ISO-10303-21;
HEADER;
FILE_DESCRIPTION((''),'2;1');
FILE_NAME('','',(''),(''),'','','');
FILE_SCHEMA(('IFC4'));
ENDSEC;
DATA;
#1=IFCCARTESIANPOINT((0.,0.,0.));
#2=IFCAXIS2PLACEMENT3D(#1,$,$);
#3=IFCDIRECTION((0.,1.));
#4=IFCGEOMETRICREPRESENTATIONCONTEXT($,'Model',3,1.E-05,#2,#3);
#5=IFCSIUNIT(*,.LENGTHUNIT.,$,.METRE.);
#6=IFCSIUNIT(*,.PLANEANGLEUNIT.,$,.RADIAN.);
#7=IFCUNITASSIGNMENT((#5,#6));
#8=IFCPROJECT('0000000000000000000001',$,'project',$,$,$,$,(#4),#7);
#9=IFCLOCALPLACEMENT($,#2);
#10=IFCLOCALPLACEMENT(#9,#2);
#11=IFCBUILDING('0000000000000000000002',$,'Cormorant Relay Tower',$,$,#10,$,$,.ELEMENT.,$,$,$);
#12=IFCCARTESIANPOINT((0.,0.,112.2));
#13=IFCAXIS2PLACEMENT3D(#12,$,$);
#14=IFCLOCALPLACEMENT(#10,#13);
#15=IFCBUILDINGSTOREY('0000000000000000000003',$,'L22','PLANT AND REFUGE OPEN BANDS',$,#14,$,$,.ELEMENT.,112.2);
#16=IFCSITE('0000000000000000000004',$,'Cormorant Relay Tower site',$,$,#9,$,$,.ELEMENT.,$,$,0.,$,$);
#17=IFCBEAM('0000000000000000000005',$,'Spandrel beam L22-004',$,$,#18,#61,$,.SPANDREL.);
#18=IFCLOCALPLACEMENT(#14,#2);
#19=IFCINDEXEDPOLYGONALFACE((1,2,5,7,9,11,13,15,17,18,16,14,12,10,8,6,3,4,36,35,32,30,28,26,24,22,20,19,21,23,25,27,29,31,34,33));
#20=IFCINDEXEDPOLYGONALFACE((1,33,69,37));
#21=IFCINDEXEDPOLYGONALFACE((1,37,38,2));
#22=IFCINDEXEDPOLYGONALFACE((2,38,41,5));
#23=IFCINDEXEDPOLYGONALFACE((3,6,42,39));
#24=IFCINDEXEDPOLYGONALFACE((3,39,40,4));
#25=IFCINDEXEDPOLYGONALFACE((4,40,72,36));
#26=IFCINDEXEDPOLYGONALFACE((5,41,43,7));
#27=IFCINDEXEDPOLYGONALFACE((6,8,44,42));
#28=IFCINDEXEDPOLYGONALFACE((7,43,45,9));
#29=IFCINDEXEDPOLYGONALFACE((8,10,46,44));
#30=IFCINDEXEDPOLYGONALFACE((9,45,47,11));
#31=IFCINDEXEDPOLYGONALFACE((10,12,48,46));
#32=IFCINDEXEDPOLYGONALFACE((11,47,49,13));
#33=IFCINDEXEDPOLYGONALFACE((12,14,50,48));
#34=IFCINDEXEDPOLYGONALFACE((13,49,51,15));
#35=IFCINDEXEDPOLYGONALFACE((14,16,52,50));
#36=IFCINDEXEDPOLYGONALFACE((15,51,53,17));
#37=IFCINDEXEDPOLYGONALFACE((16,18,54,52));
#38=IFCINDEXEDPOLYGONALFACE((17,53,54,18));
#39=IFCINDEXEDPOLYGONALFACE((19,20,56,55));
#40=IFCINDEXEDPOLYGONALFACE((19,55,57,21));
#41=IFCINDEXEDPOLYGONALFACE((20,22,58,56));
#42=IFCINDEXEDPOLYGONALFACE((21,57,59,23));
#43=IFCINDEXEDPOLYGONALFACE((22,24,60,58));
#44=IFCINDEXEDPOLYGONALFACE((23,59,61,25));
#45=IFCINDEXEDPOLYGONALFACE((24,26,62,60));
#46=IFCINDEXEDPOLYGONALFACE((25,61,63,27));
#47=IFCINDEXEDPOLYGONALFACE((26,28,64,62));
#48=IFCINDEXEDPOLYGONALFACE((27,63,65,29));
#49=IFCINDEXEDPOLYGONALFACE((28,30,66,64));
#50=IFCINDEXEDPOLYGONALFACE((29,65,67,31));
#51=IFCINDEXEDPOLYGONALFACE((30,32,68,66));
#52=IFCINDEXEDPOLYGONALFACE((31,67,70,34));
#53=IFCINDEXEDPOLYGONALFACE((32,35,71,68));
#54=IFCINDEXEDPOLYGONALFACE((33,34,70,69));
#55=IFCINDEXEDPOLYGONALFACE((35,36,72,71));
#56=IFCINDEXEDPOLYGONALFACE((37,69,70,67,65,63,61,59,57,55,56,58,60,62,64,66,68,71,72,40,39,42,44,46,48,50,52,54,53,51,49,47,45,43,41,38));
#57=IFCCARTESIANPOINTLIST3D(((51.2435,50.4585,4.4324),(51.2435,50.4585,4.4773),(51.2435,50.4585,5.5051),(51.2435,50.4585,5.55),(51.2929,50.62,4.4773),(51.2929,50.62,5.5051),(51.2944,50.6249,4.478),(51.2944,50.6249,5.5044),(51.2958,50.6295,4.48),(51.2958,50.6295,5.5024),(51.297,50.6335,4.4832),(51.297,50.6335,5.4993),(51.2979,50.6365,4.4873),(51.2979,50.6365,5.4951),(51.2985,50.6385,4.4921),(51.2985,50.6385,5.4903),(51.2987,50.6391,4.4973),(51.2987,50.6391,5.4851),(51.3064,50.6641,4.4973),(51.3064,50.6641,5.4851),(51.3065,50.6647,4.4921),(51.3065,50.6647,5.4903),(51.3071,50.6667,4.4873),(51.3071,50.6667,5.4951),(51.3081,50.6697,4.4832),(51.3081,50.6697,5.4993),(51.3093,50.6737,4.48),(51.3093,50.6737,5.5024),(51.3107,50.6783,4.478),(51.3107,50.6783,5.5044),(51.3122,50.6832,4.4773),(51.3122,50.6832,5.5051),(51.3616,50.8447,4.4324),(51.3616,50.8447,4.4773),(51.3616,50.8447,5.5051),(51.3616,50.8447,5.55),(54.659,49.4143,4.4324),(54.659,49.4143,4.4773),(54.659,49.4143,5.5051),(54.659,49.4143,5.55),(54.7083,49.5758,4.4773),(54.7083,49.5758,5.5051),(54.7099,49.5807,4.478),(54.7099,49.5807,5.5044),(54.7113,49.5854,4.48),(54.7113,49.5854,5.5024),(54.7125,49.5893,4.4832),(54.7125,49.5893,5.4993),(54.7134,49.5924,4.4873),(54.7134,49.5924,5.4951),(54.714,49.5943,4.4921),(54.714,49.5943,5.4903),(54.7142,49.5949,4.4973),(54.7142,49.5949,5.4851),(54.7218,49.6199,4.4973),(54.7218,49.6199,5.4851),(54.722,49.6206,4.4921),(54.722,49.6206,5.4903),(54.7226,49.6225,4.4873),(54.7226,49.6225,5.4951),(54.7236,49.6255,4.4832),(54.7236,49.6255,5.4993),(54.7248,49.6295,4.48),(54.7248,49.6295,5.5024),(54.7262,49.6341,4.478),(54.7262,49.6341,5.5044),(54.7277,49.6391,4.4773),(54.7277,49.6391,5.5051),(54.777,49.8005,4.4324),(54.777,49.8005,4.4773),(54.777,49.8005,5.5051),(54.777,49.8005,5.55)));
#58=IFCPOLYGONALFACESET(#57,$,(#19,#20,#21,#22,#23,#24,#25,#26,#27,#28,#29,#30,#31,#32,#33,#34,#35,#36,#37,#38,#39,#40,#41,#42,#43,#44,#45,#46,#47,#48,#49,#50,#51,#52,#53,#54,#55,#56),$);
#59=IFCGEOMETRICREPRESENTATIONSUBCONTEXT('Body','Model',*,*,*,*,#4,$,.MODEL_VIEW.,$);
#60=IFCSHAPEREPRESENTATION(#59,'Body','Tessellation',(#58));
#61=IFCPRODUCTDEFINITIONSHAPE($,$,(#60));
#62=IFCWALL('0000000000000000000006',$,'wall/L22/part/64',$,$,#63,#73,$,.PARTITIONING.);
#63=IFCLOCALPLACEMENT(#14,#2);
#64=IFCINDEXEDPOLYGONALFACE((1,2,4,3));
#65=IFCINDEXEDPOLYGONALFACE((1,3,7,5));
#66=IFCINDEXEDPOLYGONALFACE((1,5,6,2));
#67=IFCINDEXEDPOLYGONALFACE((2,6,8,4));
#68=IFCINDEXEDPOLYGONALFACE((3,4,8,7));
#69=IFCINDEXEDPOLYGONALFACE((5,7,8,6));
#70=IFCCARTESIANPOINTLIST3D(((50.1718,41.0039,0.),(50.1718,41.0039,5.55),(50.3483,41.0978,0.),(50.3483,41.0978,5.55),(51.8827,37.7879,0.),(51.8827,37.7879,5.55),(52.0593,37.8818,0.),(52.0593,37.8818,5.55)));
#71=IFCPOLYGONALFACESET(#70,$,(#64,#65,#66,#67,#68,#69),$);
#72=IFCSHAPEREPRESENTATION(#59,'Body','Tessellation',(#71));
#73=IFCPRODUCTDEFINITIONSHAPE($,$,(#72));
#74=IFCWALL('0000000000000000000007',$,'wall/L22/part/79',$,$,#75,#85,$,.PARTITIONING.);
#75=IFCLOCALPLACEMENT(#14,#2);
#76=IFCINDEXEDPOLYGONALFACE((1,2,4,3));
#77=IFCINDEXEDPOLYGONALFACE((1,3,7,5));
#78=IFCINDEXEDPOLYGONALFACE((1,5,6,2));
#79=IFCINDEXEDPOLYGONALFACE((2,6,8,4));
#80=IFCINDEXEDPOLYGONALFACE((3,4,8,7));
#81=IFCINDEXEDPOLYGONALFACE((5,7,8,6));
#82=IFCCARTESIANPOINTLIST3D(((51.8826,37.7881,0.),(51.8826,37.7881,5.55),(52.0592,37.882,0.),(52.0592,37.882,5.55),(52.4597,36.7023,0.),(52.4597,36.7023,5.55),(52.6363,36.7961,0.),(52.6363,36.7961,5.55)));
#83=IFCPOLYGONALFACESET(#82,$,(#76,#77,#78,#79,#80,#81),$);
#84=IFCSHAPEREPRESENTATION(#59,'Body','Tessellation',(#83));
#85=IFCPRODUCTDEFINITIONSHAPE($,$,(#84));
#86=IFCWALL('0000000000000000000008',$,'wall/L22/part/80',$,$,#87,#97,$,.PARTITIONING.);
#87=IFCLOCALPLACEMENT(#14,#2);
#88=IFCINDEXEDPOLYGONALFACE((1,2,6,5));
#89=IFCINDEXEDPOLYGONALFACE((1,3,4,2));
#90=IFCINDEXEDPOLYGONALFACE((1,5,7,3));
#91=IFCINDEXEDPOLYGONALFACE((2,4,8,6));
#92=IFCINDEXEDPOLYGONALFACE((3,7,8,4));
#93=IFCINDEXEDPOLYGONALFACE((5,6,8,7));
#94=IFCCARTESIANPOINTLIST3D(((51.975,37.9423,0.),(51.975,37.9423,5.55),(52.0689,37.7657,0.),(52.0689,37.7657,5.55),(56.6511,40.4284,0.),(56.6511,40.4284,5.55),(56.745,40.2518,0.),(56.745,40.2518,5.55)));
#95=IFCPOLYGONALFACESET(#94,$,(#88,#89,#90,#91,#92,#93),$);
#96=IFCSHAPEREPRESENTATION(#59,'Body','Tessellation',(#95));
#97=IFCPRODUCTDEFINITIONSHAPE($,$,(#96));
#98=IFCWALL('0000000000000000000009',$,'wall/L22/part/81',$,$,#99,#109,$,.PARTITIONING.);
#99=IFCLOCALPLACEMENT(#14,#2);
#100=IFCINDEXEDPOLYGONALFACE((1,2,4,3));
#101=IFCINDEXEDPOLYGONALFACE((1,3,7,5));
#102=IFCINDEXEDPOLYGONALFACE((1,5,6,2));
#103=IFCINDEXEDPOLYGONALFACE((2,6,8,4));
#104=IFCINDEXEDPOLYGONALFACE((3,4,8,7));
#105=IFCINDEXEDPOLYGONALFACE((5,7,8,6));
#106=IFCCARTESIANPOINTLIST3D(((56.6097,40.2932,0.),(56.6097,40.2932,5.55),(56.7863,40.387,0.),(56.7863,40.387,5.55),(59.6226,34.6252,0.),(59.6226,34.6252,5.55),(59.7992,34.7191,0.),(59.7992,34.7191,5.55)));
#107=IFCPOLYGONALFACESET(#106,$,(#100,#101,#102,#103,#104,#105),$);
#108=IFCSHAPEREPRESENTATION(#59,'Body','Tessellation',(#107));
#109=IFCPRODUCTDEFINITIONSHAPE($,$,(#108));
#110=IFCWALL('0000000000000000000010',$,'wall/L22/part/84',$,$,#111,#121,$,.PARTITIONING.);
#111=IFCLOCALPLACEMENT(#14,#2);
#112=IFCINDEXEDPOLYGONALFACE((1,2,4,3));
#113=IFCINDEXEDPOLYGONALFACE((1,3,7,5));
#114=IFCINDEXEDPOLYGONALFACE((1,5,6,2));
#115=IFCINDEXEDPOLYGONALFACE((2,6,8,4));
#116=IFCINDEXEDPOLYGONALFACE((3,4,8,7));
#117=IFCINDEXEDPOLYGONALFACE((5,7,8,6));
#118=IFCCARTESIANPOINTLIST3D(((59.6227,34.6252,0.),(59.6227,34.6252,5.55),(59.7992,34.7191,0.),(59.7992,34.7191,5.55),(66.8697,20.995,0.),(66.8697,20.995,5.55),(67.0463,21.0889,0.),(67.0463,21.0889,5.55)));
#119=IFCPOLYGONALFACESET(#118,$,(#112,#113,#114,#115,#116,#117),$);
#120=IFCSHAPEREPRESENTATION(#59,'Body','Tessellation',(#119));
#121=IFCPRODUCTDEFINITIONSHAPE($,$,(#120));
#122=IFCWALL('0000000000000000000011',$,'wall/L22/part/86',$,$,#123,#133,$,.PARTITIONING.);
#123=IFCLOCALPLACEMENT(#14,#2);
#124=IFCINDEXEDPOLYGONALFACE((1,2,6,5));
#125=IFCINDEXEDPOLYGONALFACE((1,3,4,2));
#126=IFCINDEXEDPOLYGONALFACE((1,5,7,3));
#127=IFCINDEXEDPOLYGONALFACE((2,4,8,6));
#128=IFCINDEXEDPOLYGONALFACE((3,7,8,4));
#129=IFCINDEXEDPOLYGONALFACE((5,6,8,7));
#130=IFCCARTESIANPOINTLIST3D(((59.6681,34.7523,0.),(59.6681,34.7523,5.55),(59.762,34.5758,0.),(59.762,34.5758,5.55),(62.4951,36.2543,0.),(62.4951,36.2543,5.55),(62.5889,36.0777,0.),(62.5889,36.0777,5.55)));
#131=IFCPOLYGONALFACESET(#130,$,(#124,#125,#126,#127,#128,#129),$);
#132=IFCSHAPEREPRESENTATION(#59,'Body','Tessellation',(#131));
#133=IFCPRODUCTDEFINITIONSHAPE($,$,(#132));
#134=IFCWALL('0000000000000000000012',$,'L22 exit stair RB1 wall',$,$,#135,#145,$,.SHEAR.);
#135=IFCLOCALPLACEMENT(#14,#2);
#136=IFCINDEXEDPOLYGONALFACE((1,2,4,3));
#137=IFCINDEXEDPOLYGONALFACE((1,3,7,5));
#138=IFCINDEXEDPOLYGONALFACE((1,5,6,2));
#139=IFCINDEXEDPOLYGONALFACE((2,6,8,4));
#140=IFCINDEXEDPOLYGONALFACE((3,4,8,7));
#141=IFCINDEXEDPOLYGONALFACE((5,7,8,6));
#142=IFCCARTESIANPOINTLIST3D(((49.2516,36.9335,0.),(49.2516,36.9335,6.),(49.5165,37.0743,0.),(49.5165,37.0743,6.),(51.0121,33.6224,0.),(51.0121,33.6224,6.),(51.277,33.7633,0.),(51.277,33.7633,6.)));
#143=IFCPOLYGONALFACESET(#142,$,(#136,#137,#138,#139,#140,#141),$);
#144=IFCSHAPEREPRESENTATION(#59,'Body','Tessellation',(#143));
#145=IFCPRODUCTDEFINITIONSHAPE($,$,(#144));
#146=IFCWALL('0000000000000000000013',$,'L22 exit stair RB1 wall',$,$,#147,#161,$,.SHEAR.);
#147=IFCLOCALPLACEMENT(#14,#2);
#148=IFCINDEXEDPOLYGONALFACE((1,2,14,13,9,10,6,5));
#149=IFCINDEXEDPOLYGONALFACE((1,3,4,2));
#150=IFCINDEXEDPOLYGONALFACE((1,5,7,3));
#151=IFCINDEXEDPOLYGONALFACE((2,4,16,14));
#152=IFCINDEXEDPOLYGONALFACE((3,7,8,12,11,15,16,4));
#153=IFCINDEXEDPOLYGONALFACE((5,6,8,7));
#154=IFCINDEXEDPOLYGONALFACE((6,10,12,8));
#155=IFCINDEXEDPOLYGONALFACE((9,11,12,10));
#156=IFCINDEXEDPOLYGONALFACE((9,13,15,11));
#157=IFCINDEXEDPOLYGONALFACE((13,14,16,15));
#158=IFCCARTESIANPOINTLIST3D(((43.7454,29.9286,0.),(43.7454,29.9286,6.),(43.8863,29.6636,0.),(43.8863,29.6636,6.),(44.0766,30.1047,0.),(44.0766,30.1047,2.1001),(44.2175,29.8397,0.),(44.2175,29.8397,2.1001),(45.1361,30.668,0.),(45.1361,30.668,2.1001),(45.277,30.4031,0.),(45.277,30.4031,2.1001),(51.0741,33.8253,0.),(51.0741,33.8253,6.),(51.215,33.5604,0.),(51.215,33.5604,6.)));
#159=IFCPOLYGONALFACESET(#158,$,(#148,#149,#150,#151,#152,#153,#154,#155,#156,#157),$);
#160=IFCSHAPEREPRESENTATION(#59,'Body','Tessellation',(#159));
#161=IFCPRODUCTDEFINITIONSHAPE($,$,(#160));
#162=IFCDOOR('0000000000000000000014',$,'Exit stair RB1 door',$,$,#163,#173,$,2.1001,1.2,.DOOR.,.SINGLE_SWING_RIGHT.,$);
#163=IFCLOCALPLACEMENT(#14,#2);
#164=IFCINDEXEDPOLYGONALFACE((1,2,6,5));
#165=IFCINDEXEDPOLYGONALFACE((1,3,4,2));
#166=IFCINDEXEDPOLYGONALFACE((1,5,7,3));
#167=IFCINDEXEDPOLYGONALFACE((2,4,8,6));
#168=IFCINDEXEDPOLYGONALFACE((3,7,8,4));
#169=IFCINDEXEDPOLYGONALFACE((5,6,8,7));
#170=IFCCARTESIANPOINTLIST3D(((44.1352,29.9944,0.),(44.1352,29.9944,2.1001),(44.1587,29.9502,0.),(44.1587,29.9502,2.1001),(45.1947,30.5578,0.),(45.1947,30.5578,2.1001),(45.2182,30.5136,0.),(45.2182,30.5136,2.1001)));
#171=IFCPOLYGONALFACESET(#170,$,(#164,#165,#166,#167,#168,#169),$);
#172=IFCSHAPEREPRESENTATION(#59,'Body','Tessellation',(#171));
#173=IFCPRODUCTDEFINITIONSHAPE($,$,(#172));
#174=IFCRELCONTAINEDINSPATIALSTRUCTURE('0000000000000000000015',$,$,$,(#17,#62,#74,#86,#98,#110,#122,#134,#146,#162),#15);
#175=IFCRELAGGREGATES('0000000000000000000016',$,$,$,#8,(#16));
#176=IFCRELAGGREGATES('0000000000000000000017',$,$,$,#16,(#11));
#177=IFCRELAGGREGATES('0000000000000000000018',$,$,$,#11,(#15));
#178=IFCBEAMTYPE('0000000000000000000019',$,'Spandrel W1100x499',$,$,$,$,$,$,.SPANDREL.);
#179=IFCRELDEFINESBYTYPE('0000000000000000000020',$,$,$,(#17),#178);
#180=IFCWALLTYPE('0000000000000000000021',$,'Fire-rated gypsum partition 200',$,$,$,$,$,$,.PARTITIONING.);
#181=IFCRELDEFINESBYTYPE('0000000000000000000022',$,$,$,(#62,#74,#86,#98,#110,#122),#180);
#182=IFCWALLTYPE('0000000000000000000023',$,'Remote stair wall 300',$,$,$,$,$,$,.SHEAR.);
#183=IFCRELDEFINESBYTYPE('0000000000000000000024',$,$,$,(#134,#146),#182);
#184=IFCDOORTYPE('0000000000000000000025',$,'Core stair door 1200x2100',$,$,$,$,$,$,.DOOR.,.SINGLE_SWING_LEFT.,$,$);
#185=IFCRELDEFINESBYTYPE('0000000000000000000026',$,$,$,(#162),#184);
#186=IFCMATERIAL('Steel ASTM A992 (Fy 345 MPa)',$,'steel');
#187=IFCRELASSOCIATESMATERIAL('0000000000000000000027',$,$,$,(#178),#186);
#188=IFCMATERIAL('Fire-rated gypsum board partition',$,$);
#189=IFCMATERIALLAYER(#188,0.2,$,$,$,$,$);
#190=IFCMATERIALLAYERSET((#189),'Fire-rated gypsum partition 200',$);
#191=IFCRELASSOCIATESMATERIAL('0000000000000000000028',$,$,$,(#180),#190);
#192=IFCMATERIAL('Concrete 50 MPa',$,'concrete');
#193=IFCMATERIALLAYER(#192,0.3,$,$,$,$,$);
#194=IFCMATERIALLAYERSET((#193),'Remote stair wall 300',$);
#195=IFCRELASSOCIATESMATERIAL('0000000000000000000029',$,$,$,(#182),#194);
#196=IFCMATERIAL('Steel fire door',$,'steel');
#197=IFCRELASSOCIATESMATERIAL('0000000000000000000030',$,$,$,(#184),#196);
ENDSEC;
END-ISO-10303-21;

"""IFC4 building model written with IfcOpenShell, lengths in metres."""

from ifc_helpers import new_model, si_unit, direction, frame, frame_2d, origin, origin_2d, place, context, subcontext, project, spatial, rectangle, i_section, extrude, material, layer, layer_set, material_profile, profile_set, type_object, element, fill, save


model = new_model("IFC4")

# Units and contexts
model_context = context("Model", 3, precision=1e-05, world=origin(), true_north=direction((0.0, 1.0)))
body_context = subcontext(model_context, "Body", "Model", "MODEL_VIEW")
ifc_project = project(units=[si_unit("LENGTHUNIT", "METRE"), si_unit("PLANEANGLEUNIT", "RADIAN")], contexts=[model_context])

# Site, building, storey
site_placement = place(None, origin())
site = spatial("IfcSite", under=ifc_project, at=site_placement, Name="Cormorant Relay Tower site", CompositionType="ELEMENT", RefElevation=0.0)
building_placement = place(site_placement, origin())
building = spatial("IfcBuilding", under=site, at=building_placement, Name="Cormorant Relay Tower", CompositionType="ELEMENT")
storey_placement = place(building_placement, frame((0.0, 0.0, 112.2)))
storey = spatial("IfcBuildingStorey", under=building, at=storey_placement, Name="L22", Description="PLANT AND REFUGE OPEN BANDS", CompositionType="ELEMENT", Elevation=112.2)

# Beam
ifc_material_1 = material(Name="Steel ASTM A992 (Fy 345 MPa)", Category="steel")
ifc_material_profile_1 = material_profile(ifc_material_1, i_section(OverallWidth=0.4038, OverallDepth=1.1177, WebThickness=0.0261, FlangeThickness=0.0449, FilletRadius=0.02, at=origin_2d()), Name="W1100x499")
ifc_profile_set_1 = profile_set([ifc_material_profile_1], Name="Steel ASTM A992 (Fy 345 MPa)")
beam_type = type_object("IfcBeamType", Name="Spandrel W1100x499", PredefinedType="SPANDREL", material=ifc_profile_set_1)
beam_placement = place(storey_placement, frame((54.718, 49.6074, 4.9912), z_axis=(-0.956308, 0.292361, 0.0), x_axis=(-0.292361, -0.956308, 0.0)))
element("IfcBeam", 1, at=beam_placement, inside=storey, type_object=beam_type, Name="Spandrel beam L22-004", PredefinedType="SPANDREL", context=body_context, shape_type="SweptSolid", body=[
    extrude(i_section(OverallWidth=0.4038, OverallDepth=1.1177, WebThickness=0.0261, FlangeThickness=0.0449, FilletRadius=0.02, at=origin_2d()), origin(), (0.0, 0.0, 1.0), 3.5715),
])

# Walls
ifc_material_2 = material(Name="Fire-rated gypsum board partition")
ifc_layer_1 = layer(ifc_material_2, 0.2)
ifc_layer_set_1 = layer_set([ifc_layer_1], Name="Fire-rated gypsum partition 200")
wall_type_1 = type_object("IfcWallType", Name="Fire-rated gypsum partition 200", PredefinedType="PARTITIONING", material=ifc_layer_set_1)
wall_1_placement = place(storey_placement, frame((51.9709, 37.835, 0.0), z_axis=(0.0, 0.0, 1.0), x_axis=(-0.46967, 0.882842, 0.0)))
element("IfcWall", 2, at=wall_1_placement, inside=storey, type_object=wall_type_1, Name="wall/L22/part/64", PredefinedType="PARTITIONING", context=body_context, shape_type="SweptSolid", body=[
    extrude(rectangle(XDim=3.6428, YDim=0.2, at=frame_2d((1.8213, 0.0))), origin(), (0.0, 0.0, 1.0), 5.55),
])
wall_2_placement = place(storey_placement, frame((51.9709, 37.835, 0.0), z_axis=(0.0, 0.0, 1.0), x_axis=(0.46931, -0.883033, 0.0)))
element("IfcWall", 3, at=wall_2_placement, inside=storey, type_object=wall_type_1, Name="wall/L22/part/79", PredefinedType="PARTITIONING", context=body_context, shape_type="SweptSolid", body=[
    extrude(rectangle(XDim=1.2297, YDim=0.2, at=frame_2d((0.6147, 0.0))), origin(), (0.0, 0.0, 1.0), 5.55),
])
wall_3_placement = place(storey_placement, frame((52.022, 37.854, 0.0), z_axis=(0.0, 0.0, 1.0), x_axis=(0.882963, 0.469442, 0.0)))
element("IfcWall", 4, at=wall_3_placement, inside=storey, type_object=wall_type_1, Name="wall/L22/part/80", PredefinedType="PARTITIONING", context=body_context, shape_type="SweptSolid", body=[
    extrude(rectangle(XDim=5.2959, YDim=0.2, at=frame_2d((2.6479, 0.0))), origin(), (0.0, 0.0, 1.0), 5.55),
])
wall_4_placement = place(storey_placement, frame((56.698, 40.3401, 0.0), z_axis=(0.0, 0.0, 1.0), x_axis=(0.469378, -0.882998, 0.0)))
element("IfcWall", 5, at=wall_4_placement, inside=storey, type_object=wall_type_1, Name="wall/L22/part/81", PredefinedType="PARTITIONING", context=body_context, shape_type="SweptSolid", body=[
    extrude(rectangle(XDim=6.4189, YDim=0.2, at=frame_2d((3.2095, 0.0))), origin(), (0.0, 0.0, 1.0), 5.55),
])
wall_5_placement = place(storey_placement, frame((59.7109, 34.6721, 0.0), z_axis=(0.0, 0.0, 1.0), x_axis=(0.469462, -0.882953, 0.0)))
element("IfcWall", 6, at=wall_5_placement, inside=storey, type_object=wall_type_1, Name="wall/L22/part/84", PredefinedType="PARTITIONING", context=body_context, shape_type="SweptSolid", body=[
    extrude(rectangle(XDim=15.437, YDim=0.2, at=frame_2d((7.7185, 0.0))), origin(), (0.0, 0.0, 1.0), 5.55),
])
wall_6_placement = place(storey_placement, frame((62.542, 36.166, 0.0), z_axis=(0.0, 0.0, 1.0), x_axis=(-0.883095, -0.469194, 0.0)))
element("IfcWall", 7, at=wall_6_placement, inside=storey, type_object=wall_type_1, Name="wall/L22/part/86", PredefinedType="PARTITIONING", context=body_context, shape_type="SweptSolid", body=[
    extrude(rectangle(XDim=3.2012, YDim=0.2, at=frame_2d((1.6006, 0.0))), origin(), (0.0, 0.0, 1.0), 5.55),
])
ifc_material_3 = material(Name="Concrete 50 MPa", Category="concrete")
ifc_layer_2 = layer(ifc_material_3, 0.3)
ifc_layer_set_2 = layer_set([ifc_layer_2], Name="Remote stair wall 300")
wall_type_2 = type_object("IfcWallType", Name="Remote stair wall 300", PredefinedType="SHEAR", material=ifc_layer_set_2)
wall_7_placement = place(storey_placement, frame((49.384, 37.0039, 0.0), z_axis=(0.0, 0.0, 1.0), x_axis=(0.469469, -0.882949, 0.0)))
element("IfcWall", 8, at=wall_7_placement, inside=storey, type_object=wall_type_2, Name="L22 exit stair RB1 wall", PredefinedType="SHEAR", context=body_context, shape_type="SweptSolid", body=[
    extrude(rectangle(XDim=3.75, YDim=0.3, at=frame_2d((1.875, 0.0))), origin(), (0.0, 0.0, 1.0), 6.0),
])

# Wall, opening, door
wall_8_placement = place(storey_placement, frame((51.1445, 33.6929, 0.0), z_axis=(0.0, 0.0, 1.0), x_axis=(-0.882946, -0.469475, 0.0)))
wall_8 = element("IfcWall", 9, at=wall_8_placement, inside=storey, type_object=wall_type_2, Name="L22 exit stair RB1 wall", PredefinedType="SHEAR", context=body_context, shape_type="SweptSolid", body=[
    extrude(rectangle(XDim=8.3003, YDim=0.3, at=frame_2d((4.1501, 0.0))), origin(), (0.0, 0.0, 1.0), 6.0),
])
opening_placement = place(wall_8_placement, frame((6.7251, 0.0, 0.0)))
opening = element("IfcOpeningElement", 10, at=opening_placement, cuts=wall_8, PredefinedType="OPENING", context=body_context, shape_type="SweptSolid", body=[
    extrude(rectangle(XDim=1.2, YDim=2.1001, at=frame_2d((0.6001, 1.05))), frame((0.0, 0.1599, 0.0), z_axis=(0.0, -1.0, 0.0), x_axis=(1.0, 0.0, 0.0)), (0.0, 0.0, 1.0), 0.3201),
])
ifc_material_4 = material(Name="Steel fire door", Category="steel")
door_type = type_object("IfcDoorType", Name="Core stair door 1200x2100", OperationType="SINGLE_SWING_LEFT", PredefinedType="DOOR", material=ifc_material_4)
door_placement = place(opening_placement, origin())
door = element("IfcDoor", 11, at=door_placement, inside=storey, type_object=door_type, Name="Exit stair RB1 door", OperationType="SINGLE_SWING_RIGHT", OverallHeight=2.1001, OverallWidth=1.2, PredefinedType="DOOR", context=body_context, shape_type="SweptSolid", body=[
    extrude(rectangle(XDim=1.2, YDim=2.1001, at=frame_2d((0.6001, 1.05))), frame((0.0, 0.0249, 0.0), z_axis=(0.0, -1.0, 0.0), x_axis=(1.0, 0.0, 0.0)), (0.0, 0.0, 1.0), 0.05),
])
fill(opening, door)

save(model, "model.ifc")
